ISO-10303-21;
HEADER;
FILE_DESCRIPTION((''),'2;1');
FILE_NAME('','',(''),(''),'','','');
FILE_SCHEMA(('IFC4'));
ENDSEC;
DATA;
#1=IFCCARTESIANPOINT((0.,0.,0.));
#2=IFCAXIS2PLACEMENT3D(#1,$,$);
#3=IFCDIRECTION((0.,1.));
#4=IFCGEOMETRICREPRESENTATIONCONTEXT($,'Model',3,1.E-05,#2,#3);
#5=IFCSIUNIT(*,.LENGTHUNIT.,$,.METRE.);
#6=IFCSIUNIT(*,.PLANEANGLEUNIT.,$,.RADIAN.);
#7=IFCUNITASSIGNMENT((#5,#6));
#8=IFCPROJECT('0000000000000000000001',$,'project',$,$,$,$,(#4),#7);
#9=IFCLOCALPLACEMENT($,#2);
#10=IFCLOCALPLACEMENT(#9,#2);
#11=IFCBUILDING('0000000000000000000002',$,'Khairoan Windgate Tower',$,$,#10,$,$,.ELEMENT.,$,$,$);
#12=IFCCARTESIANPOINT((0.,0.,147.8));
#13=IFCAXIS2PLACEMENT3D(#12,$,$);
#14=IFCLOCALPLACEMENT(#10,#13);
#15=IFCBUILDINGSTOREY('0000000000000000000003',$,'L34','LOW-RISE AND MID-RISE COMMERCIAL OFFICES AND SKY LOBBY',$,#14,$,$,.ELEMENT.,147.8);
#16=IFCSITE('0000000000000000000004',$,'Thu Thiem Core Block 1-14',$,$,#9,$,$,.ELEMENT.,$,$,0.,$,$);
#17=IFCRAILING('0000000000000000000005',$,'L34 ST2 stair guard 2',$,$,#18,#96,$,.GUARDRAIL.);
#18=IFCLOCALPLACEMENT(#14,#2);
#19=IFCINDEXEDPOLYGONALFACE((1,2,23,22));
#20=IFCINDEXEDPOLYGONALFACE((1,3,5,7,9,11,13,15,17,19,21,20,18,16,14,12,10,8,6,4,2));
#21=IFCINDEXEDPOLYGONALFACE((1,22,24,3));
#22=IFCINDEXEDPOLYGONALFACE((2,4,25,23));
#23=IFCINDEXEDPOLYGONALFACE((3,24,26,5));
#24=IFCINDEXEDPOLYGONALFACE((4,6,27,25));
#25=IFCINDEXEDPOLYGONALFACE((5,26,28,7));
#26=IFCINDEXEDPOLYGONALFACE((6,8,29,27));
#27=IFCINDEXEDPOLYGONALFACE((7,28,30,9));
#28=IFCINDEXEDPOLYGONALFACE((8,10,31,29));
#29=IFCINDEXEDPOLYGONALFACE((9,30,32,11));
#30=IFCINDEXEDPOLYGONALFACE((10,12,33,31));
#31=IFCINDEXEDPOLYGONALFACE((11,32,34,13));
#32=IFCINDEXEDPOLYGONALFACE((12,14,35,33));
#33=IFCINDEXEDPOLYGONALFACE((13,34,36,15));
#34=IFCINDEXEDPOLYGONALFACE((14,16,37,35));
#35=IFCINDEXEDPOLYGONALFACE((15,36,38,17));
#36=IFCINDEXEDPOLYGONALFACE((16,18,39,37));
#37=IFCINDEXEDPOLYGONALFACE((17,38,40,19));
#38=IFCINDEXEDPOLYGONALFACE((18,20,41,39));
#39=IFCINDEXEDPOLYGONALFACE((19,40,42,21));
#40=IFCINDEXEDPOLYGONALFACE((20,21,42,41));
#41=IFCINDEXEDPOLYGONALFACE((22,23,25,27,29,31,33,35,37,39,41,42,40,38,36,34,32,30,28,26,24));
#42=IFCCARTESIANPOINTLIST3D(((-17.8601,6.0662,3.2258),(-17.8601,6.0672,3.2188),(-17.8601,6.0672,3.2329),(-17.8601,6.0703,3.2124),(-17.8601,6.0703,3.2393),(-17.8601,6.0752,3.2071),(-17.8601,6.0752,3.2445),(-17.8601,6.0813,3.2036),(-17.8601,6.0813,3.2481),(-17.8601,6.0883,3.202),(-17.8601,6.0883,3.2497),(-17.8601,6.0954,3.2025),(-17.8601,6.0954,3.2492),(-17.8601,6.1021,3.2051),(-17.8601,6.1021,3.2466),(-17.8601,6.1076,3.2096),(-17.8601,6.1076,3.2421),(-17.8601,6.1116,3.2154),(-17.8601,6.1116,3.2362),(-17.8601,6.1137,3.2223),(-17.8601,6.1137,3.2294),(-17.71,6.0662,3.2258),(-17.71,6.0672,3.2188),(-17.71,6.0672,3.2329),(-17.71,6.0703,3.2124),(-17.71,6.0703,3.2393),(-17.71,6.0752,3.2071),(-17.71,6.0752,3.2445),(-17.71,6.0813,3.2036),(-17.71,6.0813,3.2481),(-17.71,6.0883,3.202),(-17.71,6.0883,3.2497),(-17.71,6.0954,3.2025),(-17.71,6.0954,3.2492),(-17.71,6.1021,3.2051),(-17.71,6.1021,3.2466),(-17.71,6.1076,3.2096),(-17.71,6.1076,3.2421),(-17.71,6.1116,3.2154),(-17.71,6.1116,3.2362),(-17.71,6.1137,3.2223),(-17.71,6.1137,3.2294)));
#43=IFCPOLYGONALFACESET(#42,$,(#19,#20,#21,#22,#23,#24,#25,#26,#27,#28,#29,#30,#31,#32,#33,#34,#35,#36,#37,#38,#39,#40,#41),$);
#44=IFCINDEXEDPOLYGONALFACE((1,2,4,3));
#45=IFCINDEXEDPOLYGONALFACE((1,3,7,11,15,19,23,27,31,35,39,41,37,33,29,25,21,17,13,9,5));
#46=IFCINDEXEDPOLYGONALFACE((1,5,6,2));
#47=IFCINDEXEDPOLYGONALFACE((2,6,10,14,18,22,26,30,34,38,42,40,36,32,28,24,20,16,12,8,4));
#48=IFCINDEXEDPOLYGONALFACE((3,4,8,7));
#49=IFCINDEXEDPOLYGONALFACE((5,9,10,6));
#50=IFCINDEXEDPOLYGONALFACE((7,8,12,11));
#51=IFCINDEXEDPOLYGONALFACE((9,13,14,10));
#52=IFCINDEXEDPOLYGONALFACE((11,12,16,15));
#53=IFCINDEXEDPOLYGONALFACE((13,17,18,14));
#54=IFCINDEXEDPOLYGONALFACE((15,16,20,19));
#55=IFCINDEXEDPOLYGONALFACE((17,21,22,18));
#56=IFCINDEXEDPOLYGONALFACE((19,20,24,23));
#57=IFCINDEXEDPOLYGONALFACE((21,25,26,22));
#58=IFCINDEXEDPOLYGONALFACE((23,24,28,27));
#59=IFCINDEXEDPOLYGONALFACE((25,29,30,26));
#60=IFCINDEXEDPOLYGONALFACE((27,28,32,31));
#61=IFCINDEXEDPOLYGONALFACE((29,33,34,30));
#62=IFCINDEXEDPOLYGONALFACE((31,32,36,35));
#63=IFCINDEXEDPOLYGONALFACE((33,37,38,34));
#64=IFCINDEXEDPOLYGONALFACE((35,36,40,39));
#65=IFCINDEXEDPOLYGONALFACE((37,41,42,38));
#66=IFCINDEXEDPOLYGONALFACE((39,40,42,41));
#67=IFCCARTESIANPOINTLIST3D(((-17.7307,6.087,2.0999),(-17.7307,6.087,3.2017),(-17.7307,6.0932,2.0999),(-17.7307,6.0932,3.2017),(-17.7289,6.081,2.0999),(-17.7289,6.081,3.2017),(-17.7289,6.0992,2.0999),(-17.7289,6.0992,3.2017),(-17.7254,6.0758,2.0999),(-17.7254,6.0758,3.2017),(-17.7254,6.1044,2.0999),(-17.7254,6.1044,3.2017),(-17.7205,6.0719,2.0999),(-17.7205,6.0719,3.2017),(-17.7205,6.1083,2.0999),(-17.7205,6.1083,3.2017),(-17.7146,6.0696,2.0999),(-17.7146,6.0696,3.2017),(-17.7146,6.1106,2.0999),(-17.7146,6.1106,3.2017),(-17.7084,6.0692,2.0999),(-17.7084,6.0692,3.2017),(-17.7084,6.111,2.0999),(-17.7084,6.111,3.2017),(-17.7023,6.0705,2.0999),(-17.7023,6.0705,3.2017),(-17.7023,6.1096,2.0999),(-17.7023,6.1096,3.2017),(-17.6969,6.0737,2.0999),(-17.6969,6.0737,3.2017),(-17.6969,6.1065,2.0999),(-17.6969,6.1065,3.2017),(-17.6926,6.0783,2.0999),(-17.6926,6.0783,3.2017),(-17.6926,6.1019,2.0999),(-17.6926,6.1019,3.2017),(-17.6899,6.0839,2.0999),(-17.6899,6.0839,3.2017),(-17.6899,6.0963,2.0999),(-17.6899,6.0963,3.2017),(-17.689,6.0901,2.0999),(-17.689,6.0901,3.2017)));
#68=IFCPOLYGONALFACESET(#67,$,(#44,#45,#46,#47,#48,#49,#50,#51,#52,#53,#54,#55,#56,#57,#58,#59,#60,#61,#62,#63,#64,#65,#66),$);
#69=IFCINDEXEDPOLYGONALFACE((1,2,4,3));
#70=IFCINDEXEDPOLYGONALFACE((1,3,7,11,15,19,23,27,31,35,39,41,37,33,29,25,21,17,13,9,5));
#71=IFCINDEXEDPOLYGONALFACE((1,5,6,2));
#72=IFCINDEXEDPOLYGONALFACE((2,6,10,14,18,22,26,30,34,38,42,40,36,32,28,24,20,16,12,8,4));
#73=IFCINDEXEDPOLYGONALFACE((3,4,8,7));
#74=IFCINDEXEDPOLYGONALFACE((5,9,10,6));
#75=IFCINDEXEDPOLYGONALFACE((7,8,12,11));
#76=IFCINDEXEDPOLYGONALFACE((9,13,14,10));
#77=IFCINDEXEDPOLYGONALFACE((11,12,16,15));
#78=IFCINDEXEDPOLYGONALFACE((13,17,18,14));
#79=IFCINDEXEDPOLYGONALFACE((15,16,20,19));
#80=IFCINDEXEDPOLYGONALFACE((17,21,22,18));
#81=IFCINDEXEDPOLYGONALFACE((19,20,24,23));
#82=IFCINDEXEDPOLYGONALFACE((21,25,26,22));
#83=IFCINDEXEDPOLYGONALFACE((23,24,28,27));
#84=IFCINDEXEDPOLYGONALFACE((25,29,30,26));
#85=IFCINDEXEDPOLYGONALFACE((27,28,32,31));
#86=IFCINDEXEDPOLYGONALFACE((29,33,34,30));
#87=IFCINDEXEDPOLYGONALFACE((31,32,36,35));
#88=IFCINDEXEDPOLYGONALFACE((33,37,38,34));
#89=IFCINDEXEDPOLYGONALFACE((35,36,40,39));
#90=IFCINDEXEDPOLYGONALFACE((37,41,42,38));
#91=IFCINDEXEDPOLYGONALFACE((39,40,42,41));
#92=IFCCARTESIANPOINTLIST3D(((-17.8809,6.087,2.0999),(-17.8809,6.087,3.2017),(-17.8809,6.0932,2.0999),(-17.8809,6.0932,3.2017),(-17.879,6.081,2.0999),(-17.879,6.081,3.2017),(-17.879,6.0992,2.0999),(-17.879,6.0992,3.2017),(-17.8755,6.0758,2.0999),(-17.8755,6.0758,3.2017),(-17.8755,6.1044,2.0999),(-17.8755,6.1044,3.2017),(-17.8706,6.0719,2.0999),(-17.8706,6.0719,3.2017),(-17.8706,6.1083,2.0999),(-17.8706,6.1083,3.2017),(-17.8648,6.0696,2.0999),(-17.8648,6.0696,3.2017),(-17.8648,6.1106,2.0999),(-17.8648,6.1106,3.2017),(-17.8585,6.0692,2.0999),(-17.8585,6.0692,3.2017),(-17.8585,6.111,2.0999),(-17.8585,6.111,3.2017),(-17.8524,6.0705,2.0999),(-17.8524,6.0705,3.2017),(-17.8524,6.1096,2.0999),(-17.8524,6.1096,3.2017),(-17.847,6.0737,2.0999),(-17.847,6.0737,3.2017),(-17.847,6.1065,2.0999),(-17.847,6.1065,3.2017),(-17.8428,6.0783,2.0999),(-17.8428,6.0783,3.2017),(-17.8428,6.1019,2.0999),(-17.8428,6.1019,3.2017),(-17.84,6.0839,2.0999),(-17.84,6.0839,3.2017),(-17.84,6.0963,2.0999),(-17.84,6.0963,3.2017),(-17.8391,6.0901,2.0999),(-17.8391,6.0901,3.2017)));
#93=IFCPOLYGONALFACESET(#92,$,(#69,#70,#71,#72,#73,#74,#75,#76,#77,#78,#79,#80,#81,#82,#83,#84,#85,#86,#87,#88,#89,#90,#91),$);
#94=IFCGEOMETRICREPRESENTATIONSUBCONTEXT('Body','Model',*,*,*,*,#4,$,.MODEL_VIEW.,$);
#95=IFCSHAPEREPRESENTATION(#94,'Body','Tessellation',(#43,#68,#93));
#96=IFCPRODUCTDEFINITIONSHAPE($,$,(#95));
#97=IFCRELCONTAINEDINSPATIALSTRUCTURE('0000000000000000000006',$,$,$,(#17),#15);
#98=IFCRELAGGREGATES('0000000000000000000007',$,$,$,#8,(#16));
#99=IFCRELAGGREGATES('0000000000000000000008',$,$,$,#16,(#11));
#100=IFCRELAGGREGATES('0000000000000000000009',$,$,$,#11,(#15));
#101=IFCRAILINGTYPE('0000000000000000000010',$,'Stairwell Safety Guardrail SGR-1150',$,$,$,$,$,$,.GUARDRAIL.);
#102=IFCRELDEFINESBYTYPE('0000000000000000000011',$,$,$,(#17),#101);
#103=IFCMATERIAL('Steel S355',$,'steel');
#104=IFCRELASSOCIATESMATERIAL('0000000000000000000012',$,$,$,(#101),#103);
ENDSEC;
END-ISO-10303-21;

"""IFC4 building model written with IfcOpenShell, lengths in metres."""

from ifc_helpers import new_model, si_unit, direction, frame, origin, origin_2d, place, context, subcontext, project, spatial, circle, extrude, material, type_object, element, save


model = new_model("IFC4")

# Units and contexts
model_context = context("Model", 3, precision=1e-05, world=origin(), true_north=direction((0.0, 1.0)))
body_context = subcontext(model_context, "Body", "Model", "MODEL_VIEW")
ifc_project = project(units=[si_unit("LENGTHUNIT", "METRE"), si_unit("PLANEANGLEUNIT", "RADIAN")], contexts=[model_context])

# Site, building, storey
site_placement = place(None, origin())
site = spatial("IfcSite", under=ifc_project, at=site_placement, Name="Thu Thiem Core Block 1-14", CompositionType="ELEMENT", RefElevation=0.0)
building_placement = place(site_placement, origin())
building = spatial("IfcBuilding", under=site, at=building_placement, Name="Khairoan Windgate Tower", CompositionType="ELEMENT")
storey_placement = place(building_placement, frame((0.0, 0.0, 147.8)))
storey = spatial("IfcBuildingStorey", under=building, at=storey_placement, Name="L34", Description="LOW-RISE AND MID-RISE COMMERCIAL OFFICES AND SKY LOBBY", CompositionType="ELEMENT", Elevation=147.8)

# Railing
ifc_material_1 = material(Name="Steel S355", Category="steel")
railing_type_1 = type_object("IfcRailingType", Name="Stairwell Safety Guardrail SGR-1150", PredefinedType="GUARDRAIL", material=ifc_material_1)
railing_1_placement = place(storey_placement, frame((-17.71, 6.0901, 2.0999)))
element("IfcRailing", 1, at=railing_1_placement, inside=storey, type_object=railing_type_1, Name="L34 ST2 stair guard 2", PredefinedType="GUARDRAIL", context=body_context, shape_type="SweptSolid", body=[
    extrude(circle(Radius=0.0239, at=origin_2d()), frame((0.0, 0.0, 1.126), z_axis=(-1.0, 0.0, 0.0), x_axis=(0.0, -1.0, 0.0)), (0.0, 0.0, 1.0), 0.1501),
    extrude(circle(Radius=0.021, at=origin_2d()), origin(), (0.0, 0.0, 1.0), 1.1018),
    extrude(circle(Radius=0.021, at=origin_2d()), frame((-0.1501, 0.0, 0.0)), (0.0, 0.0, 1.0), 1.1018),
])

save(model, "model.ifc")
